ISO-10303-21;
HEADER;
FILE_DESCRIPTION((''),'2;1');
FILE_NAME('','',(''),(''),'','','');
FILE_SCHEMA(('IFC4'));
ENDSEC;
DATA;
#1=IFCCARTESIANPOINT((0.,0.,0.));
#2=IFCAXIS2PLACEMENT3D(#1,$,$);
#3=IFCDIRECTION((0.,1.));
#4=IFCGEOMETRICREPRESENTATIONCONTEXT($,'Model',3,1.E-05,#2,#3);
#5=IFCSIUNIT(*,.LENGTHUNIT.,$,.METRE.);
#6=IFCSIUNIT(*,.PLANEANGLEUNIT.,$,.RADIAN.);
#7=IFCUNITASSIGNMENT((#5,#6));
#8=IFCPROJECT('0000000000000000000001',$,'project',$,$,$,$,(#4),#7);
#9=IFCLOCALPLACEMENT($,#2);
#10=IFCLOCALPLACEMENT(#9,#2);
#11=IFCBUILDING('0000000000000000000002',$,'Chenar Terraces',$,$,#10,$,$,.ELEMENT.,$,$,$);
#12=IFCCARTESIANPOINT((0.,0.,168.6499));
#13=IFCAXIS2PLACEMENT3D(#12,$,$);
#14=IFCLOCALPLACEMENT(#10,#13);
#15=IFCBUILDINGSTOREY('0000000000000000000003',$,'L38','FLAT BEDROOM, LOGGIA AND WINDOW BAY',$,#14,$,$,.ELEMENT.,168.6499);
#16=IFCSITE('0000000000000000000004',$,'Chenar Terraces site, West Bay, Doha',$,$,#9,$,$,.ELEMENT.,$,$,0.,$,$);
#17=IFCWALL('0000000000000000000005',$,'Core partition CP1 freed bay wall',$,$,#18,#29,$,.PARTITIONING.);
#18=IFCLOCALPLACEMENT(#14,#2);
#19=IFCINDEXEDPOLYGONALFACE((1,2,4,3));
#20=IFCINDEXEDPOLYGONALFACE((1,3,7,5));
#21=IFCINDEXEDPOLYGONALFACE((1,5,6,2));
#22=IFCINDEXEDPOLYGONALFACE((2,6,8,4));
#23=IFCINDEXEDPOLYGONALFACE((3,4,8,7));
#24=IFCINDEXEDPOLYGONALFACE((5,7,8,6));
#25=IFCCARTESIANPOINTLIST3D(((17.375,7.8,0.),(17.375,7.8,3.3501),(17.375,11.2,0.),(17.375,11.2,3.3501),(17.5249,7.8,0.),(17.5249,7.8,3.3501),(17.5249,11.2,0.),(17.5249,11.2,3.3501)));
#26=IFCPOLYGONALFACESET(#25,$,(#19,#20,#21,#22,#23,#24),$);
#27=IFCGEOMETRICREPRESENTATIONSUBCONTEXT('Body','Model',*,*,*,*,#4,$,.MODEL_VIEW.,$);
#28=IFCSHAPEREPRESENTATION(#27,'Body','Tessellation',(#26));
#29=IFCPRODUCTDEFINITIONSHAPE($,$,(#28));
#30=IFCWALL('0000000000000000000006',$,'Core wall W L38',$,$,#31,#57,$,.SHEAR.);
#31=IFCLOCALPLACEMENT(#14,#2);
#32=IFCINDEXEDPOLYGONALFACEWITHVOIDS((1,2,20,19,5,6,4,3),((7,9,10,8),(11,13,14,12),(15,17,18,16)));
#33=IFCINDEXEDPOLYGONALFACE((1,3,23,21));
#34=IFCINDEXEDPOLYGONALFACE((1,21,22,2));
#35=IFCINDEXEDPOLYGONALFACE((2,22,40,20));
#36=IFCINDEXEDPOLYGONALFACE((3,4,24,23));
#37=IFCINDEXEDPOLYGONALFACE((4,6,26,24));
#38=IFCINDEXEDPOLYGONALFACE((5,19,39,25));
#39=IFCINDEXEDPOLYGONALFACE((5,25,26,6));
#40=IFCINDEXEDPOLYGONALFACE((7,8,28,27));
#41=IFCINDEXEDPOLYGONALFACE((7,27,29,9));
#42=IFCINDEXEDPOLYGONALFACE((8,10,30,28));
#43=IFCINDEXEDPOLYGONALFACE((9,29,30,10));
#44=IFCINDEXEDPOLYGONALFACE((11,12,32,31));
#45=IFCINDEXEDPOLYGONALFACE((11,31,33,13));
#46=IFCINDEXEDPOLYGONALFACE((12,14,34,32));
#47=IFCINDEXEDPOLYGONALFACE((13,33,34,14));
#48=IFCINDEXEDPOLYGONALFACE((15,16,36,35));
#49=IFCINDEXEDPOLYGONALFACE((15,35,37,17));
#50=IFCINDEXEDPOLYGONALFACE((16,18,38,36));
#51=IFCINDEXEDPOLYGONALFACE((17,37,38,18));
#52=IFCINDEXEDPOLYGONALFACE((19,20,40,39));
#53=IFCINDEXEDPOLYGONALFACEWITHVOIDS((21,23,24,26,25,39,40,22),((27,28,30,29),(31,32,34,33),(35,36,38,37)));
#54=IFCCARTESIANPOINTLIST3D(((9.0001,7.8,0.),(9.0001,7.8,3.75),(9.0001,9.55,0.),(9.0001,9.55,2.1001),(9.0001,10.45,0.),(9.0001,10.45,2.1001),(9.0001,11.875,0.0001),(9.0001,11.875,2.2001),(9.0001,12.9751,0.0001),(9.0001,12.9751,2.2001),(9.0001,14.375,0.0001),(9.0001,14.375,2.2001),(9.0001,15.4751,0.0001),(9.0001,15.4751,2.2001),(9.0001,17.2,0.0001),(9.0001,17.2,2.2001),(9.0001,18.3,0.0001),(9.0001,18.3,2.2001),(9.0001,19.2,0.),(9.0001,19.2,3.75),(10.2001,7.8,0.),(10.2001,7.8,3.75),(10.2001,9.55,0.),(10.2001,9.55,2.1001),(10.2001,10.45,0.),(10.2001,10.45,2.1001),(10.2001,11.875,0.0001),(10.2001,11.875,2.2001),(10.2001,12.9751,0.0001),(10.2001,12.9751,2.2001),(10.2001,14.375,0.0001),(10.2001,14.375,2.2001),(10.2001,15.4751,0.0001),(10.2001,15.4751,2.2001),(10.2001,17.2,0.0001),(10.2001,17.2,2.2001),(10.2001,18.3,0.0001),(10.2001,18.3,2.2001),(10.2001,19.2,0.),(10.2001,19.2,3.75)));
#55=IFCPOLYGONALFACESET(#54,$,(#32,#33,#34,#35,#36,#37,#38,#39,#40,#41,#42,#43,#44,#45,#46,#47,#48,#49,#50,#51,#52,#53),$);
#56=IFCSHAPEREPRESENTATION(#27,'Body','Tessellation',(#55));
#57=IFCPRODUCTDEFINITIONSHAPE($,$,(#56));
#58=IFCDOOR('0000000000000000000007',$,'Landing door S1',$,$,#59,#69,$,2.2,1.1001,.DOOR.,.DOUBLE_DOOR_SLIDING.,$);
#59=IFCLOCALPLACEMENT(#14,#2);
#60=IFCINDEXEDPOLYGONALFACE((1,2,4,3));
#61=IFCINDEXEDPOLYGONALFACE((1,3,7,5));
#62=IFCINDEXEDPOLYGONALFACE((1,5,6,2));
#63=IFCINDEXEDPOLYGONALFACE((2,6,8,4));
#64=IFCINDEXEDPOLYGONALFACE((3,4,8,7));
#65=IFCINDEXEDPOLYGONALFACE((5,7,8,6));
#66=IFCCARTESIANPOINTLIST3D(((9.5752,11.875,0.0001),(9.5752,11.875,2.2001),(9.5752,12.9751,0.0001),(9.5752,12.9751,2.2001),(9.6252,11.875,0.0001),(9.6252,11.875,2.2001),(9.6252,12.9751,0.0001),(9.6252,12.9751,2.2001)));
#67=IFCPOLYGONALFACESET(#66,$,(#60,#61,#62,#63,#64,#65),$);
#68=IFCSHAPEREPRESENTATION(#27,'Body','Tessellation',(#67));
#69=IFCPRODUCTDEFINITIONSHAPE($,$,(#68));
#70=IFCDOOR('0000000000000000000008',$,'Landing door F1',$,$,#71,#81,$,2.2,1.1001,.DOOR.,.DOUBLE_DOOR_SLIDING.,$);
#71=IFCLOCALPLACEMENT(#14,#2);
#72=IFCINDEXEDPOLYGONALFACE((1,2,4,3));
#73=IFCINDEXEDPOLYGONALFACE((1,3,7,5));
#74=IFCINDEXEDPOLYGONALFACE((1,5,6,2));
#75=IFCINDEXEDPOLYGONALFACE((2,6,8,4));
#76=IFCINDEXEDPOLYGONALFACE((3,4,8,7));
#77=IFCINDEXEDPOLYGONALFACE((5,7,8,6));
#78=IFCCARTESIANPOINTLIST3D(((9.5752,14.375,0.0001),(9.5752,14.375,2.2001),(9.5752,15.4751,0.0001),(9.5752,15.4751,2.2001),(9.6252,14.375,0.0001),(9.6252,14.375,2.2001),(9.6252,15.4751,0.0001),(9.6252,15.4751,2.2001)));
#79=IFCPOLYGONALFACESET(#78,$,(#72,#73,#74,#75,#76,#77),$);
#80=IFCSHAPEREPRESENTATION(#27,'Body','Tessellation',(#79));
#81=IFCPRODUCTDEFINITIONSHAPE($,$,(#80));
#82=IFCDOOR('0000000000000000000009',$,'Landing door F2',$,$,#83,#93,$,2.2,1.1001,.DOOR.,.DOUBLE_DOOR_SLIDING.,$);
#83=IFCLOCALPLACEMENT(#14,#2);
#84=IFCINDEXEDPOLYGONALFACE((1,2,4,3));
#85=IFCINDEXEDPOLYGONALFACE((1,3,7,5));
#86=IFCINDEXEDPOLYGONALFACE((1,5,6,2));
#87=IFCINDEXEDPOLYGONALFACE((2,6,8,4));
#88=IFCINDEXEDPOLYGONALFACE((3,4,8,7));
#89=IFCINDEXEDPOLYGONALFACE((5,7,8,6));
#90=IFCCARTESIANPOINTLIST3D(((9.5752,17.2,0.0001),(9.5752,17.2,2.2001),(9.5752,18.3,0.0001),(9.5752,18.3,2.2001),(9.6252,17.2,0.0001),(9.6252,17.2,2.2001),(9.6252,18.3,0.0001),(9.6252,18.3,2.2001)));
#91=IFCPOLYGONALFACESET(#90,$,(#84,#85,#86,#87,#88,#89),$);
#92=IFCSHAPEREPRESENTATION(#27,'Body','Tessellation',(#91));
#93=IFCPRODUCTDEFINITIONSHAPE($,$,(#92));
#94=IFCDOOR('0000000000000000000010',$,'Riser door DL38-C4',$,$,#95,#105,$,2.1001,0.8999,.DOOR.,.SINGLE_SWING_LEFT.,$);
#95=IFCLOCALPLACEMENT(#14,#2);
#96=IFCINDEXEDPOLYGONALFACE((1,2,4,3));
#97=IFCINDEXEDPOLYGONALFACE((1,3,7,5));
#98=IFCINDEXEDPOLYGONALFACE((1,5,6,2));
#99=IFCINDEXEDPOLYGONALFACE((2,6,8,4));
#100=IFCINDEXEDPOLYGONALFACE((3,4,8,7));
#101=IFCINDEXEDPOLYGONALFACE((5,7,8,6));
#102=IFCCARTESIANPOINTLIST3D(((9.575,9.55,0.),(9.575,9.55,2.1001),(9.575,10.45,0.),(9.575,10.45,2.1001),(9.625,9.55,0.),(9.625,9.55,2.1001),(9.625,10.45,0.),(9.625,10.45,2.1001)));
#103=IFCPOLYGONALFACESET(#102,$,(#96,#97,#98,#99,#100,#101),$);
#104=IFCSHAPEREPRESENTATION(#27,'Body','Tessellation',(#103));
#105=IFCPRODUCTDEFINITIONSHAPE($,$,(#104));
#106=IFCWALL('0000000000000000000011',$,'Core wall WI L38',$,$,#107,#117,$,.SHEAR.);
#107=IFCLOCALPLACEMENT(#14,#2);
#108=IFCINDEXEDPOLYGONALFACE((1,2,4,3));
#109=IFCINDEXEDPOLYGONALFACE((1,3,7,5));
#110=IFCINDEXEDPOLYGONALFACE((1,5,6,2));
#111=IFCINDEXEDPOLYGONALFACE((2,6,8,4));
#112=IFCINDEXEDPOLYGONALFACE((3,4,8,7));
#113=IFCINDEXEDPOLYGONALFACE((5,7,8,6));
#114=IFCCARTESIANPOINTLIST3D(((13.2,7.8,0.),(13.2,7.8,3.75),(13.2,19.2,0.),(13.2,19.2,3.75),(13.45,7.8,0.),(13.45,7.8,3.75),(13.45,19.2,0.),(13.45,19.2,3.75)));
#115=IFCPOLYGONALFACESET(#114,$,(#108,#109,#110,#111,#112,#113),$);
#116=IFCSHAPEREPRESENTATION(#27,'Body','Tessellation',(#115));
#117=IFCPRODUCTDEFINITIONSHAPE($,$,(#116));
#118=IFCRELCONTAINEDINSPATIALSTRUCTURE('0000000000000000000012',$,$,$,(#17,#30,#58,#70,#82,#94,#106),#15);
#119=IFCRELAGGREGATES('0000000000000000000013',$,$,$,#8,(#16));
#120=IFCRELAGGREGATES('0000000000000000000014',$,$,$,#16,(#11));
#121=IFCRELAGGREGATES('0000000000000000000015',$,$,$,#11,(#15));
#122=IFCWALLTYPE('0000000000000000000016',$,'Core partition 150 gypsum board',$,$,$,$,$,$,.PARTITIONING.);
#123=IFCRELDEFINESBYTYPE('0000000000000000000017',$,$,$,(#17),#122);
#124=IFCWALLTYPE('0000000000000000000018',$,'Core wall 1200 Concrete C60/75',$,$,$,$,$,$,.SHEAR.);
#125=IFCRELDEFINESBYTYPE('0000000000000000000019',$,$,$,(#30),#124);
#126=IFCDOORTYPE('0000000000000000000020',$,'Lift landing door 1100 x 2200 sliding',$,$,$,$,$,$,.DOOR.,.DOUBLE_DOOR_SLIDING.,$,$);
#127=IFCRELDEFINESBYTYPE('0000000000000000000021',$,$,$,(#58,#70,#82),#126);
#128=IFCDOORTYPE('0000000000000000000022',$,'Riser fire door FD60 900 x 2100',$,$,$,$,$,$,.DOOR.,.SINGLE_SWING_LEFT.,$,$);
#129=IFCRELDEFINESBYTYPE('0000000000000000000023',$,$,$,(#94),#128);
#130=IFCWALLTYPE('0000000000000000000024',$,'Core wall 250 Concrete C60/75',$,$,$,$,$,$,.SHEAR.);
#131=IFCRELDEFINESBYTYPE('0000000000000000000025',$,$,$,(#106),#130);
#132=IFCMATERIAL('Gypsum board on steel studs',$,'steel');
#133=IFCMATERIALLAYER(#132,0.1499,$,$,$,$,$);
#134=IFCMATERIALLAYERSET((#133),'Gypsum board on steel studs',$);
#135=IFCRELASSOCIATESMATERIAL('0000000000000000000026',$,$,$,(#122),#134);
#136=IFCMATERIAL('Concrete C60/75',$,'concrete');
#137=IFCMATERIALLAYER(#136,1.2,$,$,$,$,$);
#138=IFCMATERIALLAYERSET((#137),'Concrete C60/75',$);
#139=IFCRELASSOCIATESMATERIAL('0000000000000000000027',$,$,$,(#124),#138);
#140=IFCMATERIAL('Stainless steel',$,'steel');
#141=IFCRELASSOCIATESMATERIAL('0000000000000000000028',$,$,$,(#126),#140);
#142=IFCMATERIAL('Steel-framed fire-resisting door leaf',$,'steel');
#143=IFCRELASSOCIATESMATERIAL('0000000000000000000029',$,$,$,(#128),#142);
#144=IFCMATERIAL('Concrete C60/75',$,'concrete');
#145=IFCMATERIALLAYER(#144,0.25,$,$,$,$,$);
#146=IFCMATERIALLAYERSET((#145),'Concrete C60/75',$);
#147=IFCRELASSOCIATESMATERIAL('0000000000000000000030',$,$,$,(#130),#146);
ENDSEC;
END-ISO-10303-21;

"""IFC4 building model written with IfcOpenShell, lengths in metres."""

from ifc_helpers import new_model, si_unit, direction, frame, frame_2d, origin, place, context, subcontext, project, spatial, rectangle, extrude, material, layer, layer_set, type_object, element, fill, save


model = new_model("IFC4")

# Units and contexts
model_context = context("Model", 3, precision=1e-05, world=origin(), true_north=direction((0.0, 1.0)))
body_context = subcontext(model_context, "Body", "Model", "MODEL_VIEW")
ifc_project = project(units=[si_unit("LENGTHUNIT", "METRE"), si_unit("PLANEANGLEUNIT", "RADIAN")], contexts=[model_context])

# Site, building, storey
site_placement = place(None, origin())
site = spatial("IfcSite", under=ifc_project, at=site_placement, Name="Chenar Terraces site, West Bay, Doha", CompositionType="ELEMENT", RefElevation=0.0)
building_placement = place(site_placement, origin())
building = spatial("IfcBuilding", under=site, at=building_placement, Name="Chenar Terraces", CompositionType="ELEMENT")
storey_placement = place(building_placement, frame((0.0, 0.0, 168.6499)))
storey = spatial("IfcBuildingStorey", under=building, at=storey_placement, Name="L38", Description="FLAT BEDROOM, LOGGIA AND WINDOW BAY", CompositionType="ELEMENT", Elevation=168.6499)

# Wall
ifc_material_1 = material(Name="Gypsum board on steel studs", Category="steel")
ifc_layer_1 = layer(ifc_material_1, 0.1499)
ifc_layer_set_1 = layer_set([ifc_layer_1], Name="Gypsum board on steel studs")
wall_type_1 = type_object("IfcWallType", Name="Core partition 150 gypsum board", PredefinedType="PARTITIONING", material=ifc_layer_set_1)
wall_1_placement = place(storey_placement, frame((17.45, 7.8, 0.0), z_axis=(0.0, 0.0, 1.0), x_axis=(0.0, 1.0, 0.0)))
element("IfcWall", 1, at=wall_1_placement, inside=storey, type_object=wall_type_1, Name="Core partition CP1 freed bay wall", PredefinedType="PARTITIONING", context=body_context, shape_type="SweptSolid", body=[
    extrude(rectangle(XDim=3.3999, YDim=0.1499, at=frame_2d((1.7, 0.0))), origin(), (0.0, 0.0, 1.0), 3.3501),
])

# Wall, openings, doors
ifc_material_2 = material(Name="Concrete C60/75", Category="concrete")
ifc_layer_2 = layer(ifc_material_2, 1.2)
ifc_layer_set_2 = layer_set([ifc_layer_2], Name="Concrete C60/75")
wall_type_2 = type_object("IfcWallType", Name="Core wall 1200 Concrete C60/75", PredefinedType="SHEAR", material=ifc_layer_set_2)
wall_2_placement = place(storey_placement, frame((9.6001, 7.8, 0.0), z_axis=(0.0, 0.0, 1.0), x_axis=(0.0, 1.0, 0.0)))
wall_2 = element("IfcWall", 2, at=wall_2_placement, inside=storey, type_object=wall_type_2, Name="Core wall W L38", PredefinedType="SHEAR", context=body_context, shape_type="SweptSolid", body=[
    extrude(rectangle(XDim=11.3999, YDim=1.2, at=frame_2d((5.7, 0.0))), origin(), (0.0, 0.0, 1.0), 3.75),
])
opening_1_placement = place(wall_2_placement, frame((4.075, 0.0, 0.0)))
opening_1 = element("IfcOpeningElement", 3, at=opening_1_placement, cuts=wall_2, PredefinedType="OPENING", context=body_context, shape_type="SweptSolid", body=[
    extrude(rectangle(XDim=1.1001, YDim=2.2, at=frame_2d((0.55, 1.1001))), frame((0.0, 0.6099, 0.0), z_axis=(0.0, -1.0, 0.0), x_axis=(1.0, 0.0, 0.0)), (0.0, 0.0, 1.0), 1.22),
])
opening_2_placement = place(wall_2_placement, frame((6.575, 0.0, 0.0)))
opening_2 = element("IfcOpeningElement", 4, at=opening_2_placement, cuts=wall_2, PredefinedType="OPENING", context=body_context, shape_type="SweptSolid", body=[
    extrude(rectangle(XDim=1.1001, YDim=2.2, at=frame_2d((0.55, 1.1001))), frame((0.0, 0.6099, 0.0), z_axis=(0.0, -1.0, 0.0), x_axis=(1.0, 0.0, 0.0)), (0.0, 0.0, 1.0), 1.22),
])
opening_3_placement = place(wall_2_placement, frame((9.3999, 0.0, 0.0)))
opening_3 = element("IfcOpeningElement", 5, at=opening_3_placement, cuts=wall_2, PredefinedType="OPENING", context=body_context, shape_type="SweptSolid", body=[
    extrude(rectangle(XDim=1.1001, YDim=2.2, at=frame_2d((0.55, 1.1001))), frame((0.0, 0.6099, 0.0), z_axis=(0.0, -1.0, 0.0), x_axis=(1.0, 0.0, 0.0)), (0.0, 0.0, 1.0), 1.22),
])
opening_4_placement = place(wall_2_placement, frame((1.75, 0.0, 0.0)))
opening_4 = element("IfcOpeningElement", 6, at=opening_4_placement, cuts=wall_2, PredefinedType="OPENING", context=body_context, shape_type="SweptSolid", body=[
    extrude(rectangle(XDim=0.8999, YDim=2.1001, at=frame_2d((0.45, 1.05))), frame((0.0, 0.6099, 0.0), z_axis=(0.0, -1.0, 0.0), x_axis=(1.0, 0.0, 0.0)), (0.0, 0.0, 1.0), 1.22),
])
ifc_material_3 = material(Name="Stainless steel", Category="steel")
door_type_1 = type_object("IfcDoorType", Name="Lift landing door 1100 x 2200 sliding", OperationType="DOUBLE_DOOR_SLIDING", PredefinedType="DOOR", material=ifc_material_3)
door_1_placement = place(opening_1_placement, origin())
door_1 = element("IfcDoor", 7, at=door_1_placement, inside=storey, type_object=door_type_1, Name="Landing door S1", OperationType="DOUBLE_DOOR_SLIDING", OverallHeight=2.2, OverallWidth=1.1001, PredefinedType="DOOR", context=body_context, shape_type="SweptSolid", body=[
    extrude(rectangle(XDim=1.1001, YDim=2.2, at=frame_2d((0.55, 1.1001))), frame((0.0, 0.0249, 0.0), z_axis=(0.0, -1.0, 0.0), x_axis=(1.0, 0.0, 0.0)), (0.0, 0.0, 1.0), 0.05),
])
fill(opening_1, door_1)
door_2_placement = place(opening_2_placement, origin())
door_2 = element("IfcDoor", 8, at=door_2_placement, inside=storey, type_object=door_type_1, Name="Landing door F1", OperationType="DOUBLE_DOOR_SLIDING", OverallHeight=2.2, OverallWidth=1.1001, PredefinedType="DOOR", context=body_context, shape_type="SweptSolid", body=[
    extrude(rectangle(XDim=1.1001, YDim=2.2, at=frame_2d((0.55, 1.1001))), frame((0.0, 0.0249, 0.0), z_axis=(0.0, -1.0, 0.0), x_axis=(1.0, 0.0, 0.0)), (0.0, 0.0, 1.0), 0.05),
])
fill(opening_2, door_2)
door_3_placement = place(opening_3_placement, origin())
door_3 = element("IfcDoor", 9, at=door_3_placement, inside=storey, type_object=door_type_1, Name="Landing door F2", OperationType="DOUBLE_DOOR_SLIDING", OverallHeight=2.2, OverallWidth=1.1001, PredefinedType="DOOR", context=body_context, shape_type="SweptSolid", body=[
    extrude(rectangle(XDim=1.1001, YDim=2.2, at=frame_2d((0.55, 1.1001))), frame((0.0, 0.0249, 0.0), z_axis=(0.0, -1.0, 0.0), x_axis=(1.0, 0.0, 0.0)), (0.0, 0.0, 1.0), 0.05),
])
fill(opening_3, door_3)
ifc_material_4 = material(Name="Steel-framed fire-resisting door leaf", Category="steel")
door_type_2 = type_object("IfcDoorType", Name="Riser fire door FD60 900 x 2100", OperationType="SINGLE_SWING_LEFT", PredefinedType="DOOR", material=ifc_material_4)
door_4_placement = place(opening_4_placement, frame((0.8999, 0.0, 0.0), z_axis=(0.0, 0.0, 1.0), x_axis=(-1.0, 0.0, 0.0)))
door_4 = element("IfcDoor", 10, at=door_4_placement, inside=storey, type_object=door_type_2, Name="Riser door DL38-C4", OperationType="SINGLE_SWING_LEFT", OverallHeight=2.1001, OverallWidth=0.8999, PredefinedType="DOOR", context=body_context, shape_type="SweptSolid", body=[
    extrude(rectangle(XDim=0.8999, YDim=2.1001, at=frame_2d((0.45, 1.05))), frame((0.0, 0.0249, 0.0), z_axis=(0.0, -1.0, 0.0), x_axis=(1.0, 0.0, 0.0)), (0.0, 0.0, 1.0), 0.05),
])
fill(opening_4, door_4)

# Wall
ifc_material_5 = material(Name="Concrete C60/75", Category="concrete")
ifc_layer_3 = layer(ifc_material_5, 0.25)
ifc_layer_set_3 = layer_set([ifc_layer_3], Name="Concrete C60/75")
wall_type_3 = type_object("IfcWallType", Name="Core wall 250 Concrete C60/75", PredefinedType="SHEAR", material=ifc_layer_set_3)
wall_3_placement = place(storey_placement, frame((13.325, 7.8, 0.0), z_axis=(0.0, 0.0, 1.0), x_axis=(0.0, 1.0, 0.0)))
element("IfcWall", 11, at=wall_3_placement, inside=storey, type_object=wall_type_3, Name="Core wall WI L38", PredefinedType="SHEAR", context=body_context, shape_type="SweptSolid", body=[
    extrude(rectangle(XDim=11.3999, YDim=0.25, at=frame_2d((5.7, 0.0))), origin(), (0.0, 0.0, 1.0), 3.75),
])

save(model, "model.ifc")
